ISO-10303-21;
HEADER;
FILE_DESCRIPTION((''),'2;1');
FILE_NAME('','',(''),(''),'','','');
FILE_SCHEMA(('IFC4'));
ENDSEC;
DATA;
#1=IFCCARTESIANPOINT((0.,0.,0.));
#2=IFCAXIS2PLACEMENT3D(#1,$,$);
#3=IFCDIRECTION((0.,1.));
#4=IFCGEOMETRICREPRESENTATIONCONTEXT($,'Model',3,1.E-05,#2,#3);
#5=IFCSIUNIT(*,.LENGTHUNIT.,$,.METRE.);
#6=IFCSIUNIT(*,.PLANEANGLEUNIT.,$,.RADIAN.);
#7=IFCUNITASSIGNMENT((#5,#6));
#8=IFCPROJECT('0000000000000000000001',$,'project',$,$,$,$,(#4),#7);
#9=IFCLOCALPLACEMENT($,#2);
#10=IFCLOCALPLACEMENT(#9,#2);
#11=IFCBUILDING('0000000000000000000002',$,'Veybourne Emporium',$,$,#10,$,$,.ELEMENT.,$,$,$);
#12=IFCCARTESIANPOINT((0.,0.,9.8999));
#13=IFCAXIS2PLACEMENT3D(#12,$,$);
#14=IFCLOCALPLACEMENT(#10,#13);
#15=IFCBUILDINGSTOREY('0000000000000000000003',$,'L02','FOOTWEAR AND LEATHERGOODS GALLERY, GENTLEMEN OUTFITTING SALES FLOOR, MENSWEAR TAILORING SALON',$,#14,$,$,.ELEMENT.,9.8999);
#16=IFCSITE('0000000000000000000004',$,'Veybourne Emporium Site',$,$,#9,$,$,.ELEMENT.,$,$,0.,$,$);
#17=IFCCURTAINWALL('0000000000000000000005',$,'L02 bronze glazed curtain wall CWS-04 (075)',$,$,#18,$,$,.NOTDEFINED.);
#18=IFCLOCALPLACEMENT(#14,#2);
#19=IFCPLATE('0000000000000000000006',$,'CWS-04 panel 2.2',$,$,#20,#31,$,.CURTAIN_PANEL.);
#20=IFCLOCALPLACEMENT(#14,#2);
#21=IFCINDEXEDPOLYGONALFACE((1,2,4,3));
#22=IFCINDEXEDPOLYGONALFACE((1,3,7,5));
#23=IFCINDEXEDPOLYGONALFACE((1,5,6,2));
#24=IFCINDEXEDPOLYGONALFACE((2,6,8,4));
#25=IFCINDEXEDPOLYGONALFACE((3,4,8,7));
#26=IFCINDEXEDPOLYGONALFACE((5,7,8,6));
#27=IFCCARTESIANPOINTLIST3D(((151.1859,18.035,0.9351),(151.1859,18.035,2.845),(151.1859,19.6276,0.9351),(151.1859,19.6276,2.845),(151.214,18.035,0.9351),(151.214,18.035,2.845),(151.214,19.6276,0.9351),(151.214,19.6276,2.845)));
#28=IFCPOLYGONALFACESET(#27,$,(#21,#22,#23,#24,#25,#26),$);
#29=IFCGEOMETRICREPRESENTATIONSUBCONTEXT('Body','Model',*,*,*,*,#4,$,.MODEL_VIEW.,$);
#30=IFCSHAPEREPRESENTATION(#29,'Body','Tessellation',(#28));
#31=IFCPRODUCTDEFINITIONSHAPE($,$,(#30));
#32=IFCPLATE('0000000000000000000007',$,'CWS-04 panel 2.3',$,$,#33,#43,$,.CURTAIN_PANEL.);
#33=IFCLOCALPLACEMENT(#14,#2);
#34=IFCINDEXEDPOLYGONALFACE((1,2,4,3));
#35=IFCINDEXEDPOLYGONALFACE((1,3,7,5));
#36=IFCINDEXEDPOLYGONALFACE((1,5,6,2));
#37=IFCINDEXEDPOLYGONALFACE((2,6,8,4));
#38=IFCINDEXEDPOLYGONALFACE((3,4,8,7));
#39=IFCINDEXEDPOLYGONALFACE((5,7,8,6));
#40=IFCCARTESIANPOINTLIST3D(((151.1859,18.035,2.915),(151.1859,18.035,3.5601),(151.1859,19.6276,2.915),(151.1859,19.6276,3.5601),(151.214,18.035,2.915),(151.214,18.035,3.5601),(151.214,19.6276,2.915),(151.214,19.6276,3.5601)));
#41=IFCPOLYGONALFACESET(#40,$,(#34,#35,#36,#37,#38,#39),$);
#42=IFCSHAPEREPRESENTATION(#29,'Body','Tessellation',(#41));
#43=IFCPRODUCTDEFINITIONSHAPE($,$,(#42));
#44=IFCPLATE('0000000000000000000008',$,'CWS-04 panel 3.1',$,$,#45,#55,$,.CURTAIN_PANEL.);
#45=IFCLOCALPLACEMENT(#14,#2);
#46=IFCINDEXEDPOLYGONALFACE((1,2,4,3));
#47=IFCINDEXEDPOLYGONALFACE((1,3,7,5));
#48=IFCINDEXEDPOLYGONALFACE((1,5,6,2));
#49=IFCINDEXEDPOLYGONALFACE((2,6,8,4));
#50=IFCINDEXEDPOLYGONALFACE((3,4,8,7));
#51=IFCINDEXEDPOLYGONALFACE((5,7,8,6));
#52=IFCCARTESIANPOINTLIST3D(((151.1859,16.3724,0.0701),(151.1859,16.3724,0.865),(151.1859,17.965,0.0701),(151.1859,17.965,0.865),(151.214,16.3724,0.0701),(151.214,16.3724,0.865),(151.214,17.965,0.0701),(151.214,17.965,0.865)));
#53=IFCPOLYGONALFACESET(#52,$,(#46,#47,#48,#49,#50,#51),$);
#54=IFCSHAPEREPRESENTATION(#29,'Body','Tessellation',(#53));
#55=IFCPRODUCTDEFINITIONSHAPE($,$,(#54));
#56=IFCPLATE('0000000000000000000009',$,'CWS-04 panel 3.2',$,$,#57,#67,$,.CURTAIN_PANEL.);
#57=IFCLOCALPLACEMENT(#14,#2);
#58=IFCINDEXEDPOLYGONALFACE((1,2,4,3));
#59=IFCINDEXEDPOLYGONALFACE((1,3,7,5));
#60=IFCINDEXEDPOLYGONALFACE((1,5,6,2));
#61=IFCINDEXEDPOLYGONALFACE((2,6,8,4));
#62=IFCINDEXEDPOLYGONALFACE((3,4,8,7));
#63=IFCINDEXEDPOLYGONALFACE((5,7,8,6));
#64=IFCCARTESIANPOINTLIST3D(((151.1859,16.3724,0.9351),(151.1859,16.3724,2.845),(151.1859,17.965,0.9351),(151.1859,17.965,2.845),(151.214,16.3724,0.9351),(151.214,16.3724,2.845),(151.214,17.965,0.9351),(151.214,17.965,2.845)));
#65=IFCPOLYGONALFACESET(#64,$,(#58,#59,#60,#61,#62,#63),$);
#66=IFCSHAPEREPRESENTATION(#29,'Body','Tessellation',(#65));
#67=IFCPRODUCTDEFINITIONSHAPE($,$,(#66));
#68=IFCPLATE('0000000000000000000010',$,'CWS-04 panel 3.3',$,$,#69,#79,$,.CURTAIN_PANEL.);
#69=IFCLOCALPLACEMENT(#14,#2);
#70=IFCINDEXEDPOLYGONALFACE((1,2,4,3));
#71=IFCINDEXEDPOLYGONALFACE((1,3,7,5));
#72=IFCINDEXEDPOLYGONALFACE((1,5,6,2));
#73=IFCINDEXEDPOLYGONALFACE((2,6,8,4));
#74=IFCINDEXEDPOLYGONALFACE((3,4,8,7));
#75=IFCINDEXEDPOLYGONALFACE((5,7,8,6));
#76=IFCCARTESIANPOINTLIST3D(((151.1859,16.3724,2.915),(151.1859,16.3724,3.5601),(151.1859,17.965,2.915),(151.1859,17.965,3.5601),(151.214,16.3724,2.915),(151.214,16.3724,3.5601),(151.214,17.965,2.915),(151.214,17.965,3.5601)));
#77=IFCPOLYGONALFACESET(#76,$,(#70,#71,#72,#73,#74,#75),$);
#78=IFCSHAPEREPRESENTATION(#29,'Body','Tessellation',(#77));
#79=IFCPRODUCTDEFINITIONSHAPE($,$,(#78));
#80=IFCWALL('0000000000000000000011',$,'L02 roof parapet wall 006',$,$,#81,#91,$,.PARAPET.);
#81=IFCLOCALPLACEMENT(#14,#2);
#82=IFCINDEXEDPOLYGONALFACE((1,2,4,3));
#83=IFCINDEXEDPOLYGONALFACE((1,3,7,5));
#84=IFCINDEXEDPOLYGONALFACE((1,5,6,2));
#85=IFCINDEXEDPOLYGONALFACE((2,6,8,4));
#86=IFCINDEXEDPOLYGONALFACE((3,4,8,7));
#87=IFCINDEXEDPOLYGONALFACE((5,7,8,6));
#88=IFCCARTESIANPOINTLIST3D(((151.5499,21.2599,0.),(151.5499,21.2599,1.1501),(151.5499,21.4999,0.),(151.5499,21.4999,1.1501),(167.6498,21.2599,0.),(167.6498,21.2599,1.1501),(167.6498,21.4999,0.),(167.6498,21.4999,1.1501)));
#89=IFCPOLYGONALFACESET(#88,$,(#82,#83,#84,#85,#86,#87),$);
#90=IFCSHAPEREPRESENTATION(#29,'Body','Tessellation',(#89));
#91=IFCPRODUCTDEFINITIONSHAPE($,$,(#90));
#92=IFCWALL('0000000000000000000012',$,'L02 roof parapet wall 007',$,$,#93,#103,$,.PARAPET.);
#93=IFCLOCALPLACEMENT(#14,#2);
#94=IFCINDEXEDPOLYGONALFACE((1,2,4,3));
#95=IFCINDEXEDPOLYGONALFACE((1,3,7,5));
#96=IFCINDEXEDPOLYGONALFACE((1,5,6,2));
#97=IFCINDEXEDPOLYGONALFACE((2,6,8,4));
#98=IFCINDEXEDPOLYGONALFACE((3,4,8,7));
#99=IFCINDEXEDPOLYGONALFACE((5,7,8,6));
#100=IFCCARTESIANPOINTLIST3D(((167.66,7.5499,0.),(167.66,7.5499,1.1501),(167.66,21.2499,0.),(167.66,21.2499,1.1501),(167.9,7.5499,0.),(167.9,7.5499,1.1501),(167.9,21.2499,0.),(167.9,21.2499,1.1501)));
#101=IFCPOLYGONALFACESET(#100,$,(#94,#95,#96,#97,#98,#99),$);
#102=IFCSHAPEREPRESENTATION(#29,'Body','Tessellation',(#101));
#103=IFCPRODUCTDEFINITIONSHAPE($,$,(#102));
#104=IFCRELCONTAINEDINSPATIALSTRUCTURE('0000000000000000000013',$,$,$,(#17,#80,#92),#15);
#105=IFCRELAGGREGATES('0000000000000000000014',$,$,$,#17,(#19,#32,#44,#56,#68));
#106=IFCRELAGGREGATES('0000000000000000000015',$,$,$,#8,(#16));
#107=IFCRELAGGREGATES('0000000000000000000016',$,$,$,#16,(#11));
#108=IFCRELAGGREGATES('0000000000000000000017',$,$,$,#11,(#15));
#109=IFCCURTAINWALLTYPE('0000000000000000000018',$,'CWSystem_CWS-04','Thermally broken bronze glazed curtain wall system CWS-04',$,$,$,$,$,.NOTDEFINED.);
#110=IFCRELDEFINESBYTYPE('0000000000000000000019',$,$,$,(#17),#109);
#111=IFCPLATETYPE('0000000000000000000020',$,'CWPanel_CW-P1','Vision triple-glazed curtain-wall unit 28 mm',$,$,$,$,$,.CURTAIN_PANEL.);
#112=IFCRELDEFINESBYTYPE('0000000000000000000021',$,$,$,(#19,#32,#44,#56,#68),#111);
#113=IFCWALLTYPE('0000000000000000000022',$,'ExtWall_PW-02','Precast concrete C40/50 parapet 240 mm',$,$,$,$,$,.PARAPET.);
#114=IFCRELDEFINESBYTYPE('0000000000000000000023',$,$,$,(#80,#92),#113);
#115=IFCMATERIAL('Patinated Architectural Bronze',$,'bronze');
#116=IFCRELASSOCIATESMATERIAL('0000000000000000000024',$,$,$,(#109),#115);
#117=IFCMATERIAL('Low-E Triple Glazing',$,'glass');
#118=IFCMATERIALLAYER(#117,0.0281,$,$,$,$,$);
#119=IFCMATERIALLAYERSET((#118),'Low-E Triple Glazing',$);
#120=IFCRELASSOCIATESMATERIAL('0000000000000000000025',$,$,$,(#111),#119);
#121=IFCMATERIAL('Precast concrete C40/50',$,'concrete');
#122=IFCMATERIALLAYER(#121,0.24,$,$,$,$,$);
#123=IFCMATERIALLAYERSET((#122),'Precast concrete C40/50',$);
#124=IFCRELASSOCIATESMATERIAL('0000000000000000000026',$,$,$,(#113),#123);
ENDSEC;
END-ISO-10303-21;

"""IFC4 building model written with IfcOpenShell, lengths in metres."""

from ifc_helpers import new_model, si_unit, direction, frame, frame_2d, origin, origin_2d, place, context, subcontext, project, spatial, rectangle, extrude, material, layer, layer_set, type_object, element, aggregate, save


model = new_model("IFC4")

# Units and contexts
model_context = context("Model", 3, precision=1e-05, world=origin(), true_north=direction((0.0, 1.0)))
body_context = subcontext(model_context, "Body", "Model", "MODEL_VIEW")
ifc_project = project(units=[si_unit("LENGTHUNIT", "METRE"), si_unit("PLANEANGLEUNIT", "RADIAN")], contexts=[model_context])

# Site, building, storey
site_placement = place(None, origin())
site = spatial("IfcSite", under=ifc_project, at=site_placement, Name="Veybourne Emporium Site", CompositionType="ELEMENT", RefElevation=0.0)
building_placement = place(site_placement, origin())
building = spatial("IfcBuilding", under=site, at=building_placement, Name="Veybourne Emporium", CompositionType="ELEMENT")
storey_placement = place(building_placement, frame((0.0, 0.0, 9.8999)))
storey = spatial("IfcBuildingStorey", under=building, at=storey_placement, Name="L02", Description="FOOTWEAR AND LEATHERGOODS GALLERY, GENTLEMEN OUTFITTING SALES FLOOR, MENSWEAR TAILORING SALON", CompositionType="ELEMENT", Elevation=9.8999)

# Curtain wall, plates
ifc_material_1 = material(Name="Patinated Architectural Bronze", Category="bronze")
curtain_wall_type = type_object("IfcCurtainWallType", Name="CWSystem_CWS-04", Description="Thermally broken bronze glazed curtain wall system CWS-04", PredefinedType="NOTDEFINED", material=ifc_material_1)
curtain_wall_placement = place(storey_placement, origin())
curtain_wall = element("IfcCurtainWall", 1, at=curtain_wall_placement, inside=storey, type_object=curtain_wall_type, Name="L02 bronze glazed curtain wall CWS-04 (075)", PredefinedType="NOTDEFINED")
ifc_material_2 = material(Name="Low-E Triple Glazing", Category="glass")
ifc_layer_1 = layer(ifc_material_2, 0.0281)
ifc_layer_set_1 = layer_set([ifc_layer_1], Name="Low-E Triple Glazing")
plate_type = type_object("IfcPlateType", Name="CWPanel_CW-P1", Description="Vision triple-glazed curtain-wall unit 28 mm", PredefinedType="CURTAIN_PANEL", material=ifc_layer_set_1)
plate_1_placement = place(storey_placement, frame((151.2, 18.8313, 0.9351), z_axis=(0.0, 0.0, 1.0), x_axis=(0.0, -1.0, 0.0)))
plate_1 = element("IfcPlate", 2, at=plate_1_placement, type_object=plate_type, Name="CWS-04 panel 2.2", PredefinedType="CURTAIN_PANEL", context=body_context, shape_type="SweptSolid", body=[
    extrude(rectangle(XDim=1.5925, YDim=0.0281, at=origin_2d()), origin(), (0.0, 0.0, 1.0), 1.9099),
])
plate_2_placement = place(storey_placement, frame((151.2, 18.8313, 2.915), z_axis=(0.0, 0.0, 1.0), x_axis=(0.0, -1.0, 0.0)))
plate_2 = element("IfcPlate", 3, at=plate_2_placement, type_object=plate_type, Name="CWS-04 panel 2.3", PredefinedType="CURTAIN_PANEL", context=body_context, shape_type="SweptSolid", body=[
    extrude(rectangle(XDim=1.5925, YDim=0.0281, at=origin_2d()), origin(), (0.0, 0.0, 1.0), 0.645),
])
plate_3_placement = place(storey_placement, frame((151.2, 17.1687, 0.0701), z_axis=(0.0, 0.0, 1.0), x_axis=(0.0, -1.0, 0.0)))
plate_3 = element("IfcPlate", 4, at=plate_3_placement, type_object=plate_type, Name="CWS-04 panel 3.1", PredefinedType="CURTAIN_PANEL", context=body_context, shape_type="SweptSolid", body=[
    extrude(rectangle(XDim=1.5925, YDim=0.0281, at=origin_2d()), origin(), (0.0, 0.0, 1.0), 0.7949),
])
plate_4_placement = place(storey_placement, frame((151.2, 17.1687, 0.9351), z_axis=(0.0, 0.0, 1.0), x_axis=(0.0, -1.0, 0.0)))
plate_4 = element("IfcPlate", 5, at=plate_4_placement, type_object=plate_type, Name="CWS-04 panel 3.2", PredefinedType="CURTAIN_PANEL", context=body_context, shape_type="SweptSolid", body=[
    extrude(rectangle(XDim=1.5925, YDim=0.0281, at=origin_2d()), origin(), (0.0, 0.0, 1.0), 1.9099),
])
plate_5_placement = place(storey_placement, frame((151.2, 17.1687, 2.915), z_axis=(0.0, 0.0, 1.0), x_axis=(0.0, -1.0, 0.0)))
plate_5 = element("IfcPlate", 6, at=plate_5_placement, type_object=plate_type, Name="CWS-04 panel 3.3", PredefinedType="CURTAIN_PANEL", context=body_context, shape_type="SweptSolid", body=[
    extrude(rectangle(XDim=1.5925, YDim=0.0281, at=origin_2d()), origin(), (0.0, 0.0, 1.0), 0.645),
])
aggregate(curtain_wall, [plate_1, plate_2, plate_3, plate_4, plate_5])

# Walls
ifc_material_3 = material(Name="Precast concrete C40/50", Category="concrete")
ifc_layer_2 = layer(ifc_material_3, 0.24)
ifc_layer_set_2 = layer_set([ifc_layer_2], Name="Precast concrete C40/50")
wall_type = type_object("IfcWallType", Name="ExtWall_PW-02", Description="Precast concrete C40/50 parapet 240 mm", PredefinedType="PARAPET", material=ifc_layer_set_2)
wall_1_placement = place(storey_placement, frame((151.55, 21.3799, 0.0), z_axis=(0.0, 0.0, 1.0), x_axis=(1.0, 0.0, 0.0)))
element("IfcWall", 7, at=wall_1_placement, inside=storey, type_object=wall_type, Name="L02 roof parapet wall 006", PredefinedType="PARAPET", context=body_context, shape_type="SweptSolid", body=[
    extrude(rectangle(XDim=16.0999, YDim=0.24, at=frame_2d((8.0498, 0.0))), origin(), (0.0, 0.0, 1.0), 1.1501),
])
wall_2_placement = place(storey_placement, frame((167.78, 21.25, 0.0), z_axis=(0.0, 0.0, 1.0), x_axis=(0.0, -1.0, 0.0)))
element("IfcWall", 8, at=wall_2_placement, inside=storey, type_object=wall_type, Name="L02 roof parapet wall 007", PredefinedType="PARAPET", context=body_context, shape_type="SweptSolid", body=[
    extrude(rectangle(XDim=13.7, YDim=0.24, at=frame_2d((6.8501, 0.0))), origin(), (0.0, 0.0, 1.0), 1.1501),
])

save(model, "model.ifc")
